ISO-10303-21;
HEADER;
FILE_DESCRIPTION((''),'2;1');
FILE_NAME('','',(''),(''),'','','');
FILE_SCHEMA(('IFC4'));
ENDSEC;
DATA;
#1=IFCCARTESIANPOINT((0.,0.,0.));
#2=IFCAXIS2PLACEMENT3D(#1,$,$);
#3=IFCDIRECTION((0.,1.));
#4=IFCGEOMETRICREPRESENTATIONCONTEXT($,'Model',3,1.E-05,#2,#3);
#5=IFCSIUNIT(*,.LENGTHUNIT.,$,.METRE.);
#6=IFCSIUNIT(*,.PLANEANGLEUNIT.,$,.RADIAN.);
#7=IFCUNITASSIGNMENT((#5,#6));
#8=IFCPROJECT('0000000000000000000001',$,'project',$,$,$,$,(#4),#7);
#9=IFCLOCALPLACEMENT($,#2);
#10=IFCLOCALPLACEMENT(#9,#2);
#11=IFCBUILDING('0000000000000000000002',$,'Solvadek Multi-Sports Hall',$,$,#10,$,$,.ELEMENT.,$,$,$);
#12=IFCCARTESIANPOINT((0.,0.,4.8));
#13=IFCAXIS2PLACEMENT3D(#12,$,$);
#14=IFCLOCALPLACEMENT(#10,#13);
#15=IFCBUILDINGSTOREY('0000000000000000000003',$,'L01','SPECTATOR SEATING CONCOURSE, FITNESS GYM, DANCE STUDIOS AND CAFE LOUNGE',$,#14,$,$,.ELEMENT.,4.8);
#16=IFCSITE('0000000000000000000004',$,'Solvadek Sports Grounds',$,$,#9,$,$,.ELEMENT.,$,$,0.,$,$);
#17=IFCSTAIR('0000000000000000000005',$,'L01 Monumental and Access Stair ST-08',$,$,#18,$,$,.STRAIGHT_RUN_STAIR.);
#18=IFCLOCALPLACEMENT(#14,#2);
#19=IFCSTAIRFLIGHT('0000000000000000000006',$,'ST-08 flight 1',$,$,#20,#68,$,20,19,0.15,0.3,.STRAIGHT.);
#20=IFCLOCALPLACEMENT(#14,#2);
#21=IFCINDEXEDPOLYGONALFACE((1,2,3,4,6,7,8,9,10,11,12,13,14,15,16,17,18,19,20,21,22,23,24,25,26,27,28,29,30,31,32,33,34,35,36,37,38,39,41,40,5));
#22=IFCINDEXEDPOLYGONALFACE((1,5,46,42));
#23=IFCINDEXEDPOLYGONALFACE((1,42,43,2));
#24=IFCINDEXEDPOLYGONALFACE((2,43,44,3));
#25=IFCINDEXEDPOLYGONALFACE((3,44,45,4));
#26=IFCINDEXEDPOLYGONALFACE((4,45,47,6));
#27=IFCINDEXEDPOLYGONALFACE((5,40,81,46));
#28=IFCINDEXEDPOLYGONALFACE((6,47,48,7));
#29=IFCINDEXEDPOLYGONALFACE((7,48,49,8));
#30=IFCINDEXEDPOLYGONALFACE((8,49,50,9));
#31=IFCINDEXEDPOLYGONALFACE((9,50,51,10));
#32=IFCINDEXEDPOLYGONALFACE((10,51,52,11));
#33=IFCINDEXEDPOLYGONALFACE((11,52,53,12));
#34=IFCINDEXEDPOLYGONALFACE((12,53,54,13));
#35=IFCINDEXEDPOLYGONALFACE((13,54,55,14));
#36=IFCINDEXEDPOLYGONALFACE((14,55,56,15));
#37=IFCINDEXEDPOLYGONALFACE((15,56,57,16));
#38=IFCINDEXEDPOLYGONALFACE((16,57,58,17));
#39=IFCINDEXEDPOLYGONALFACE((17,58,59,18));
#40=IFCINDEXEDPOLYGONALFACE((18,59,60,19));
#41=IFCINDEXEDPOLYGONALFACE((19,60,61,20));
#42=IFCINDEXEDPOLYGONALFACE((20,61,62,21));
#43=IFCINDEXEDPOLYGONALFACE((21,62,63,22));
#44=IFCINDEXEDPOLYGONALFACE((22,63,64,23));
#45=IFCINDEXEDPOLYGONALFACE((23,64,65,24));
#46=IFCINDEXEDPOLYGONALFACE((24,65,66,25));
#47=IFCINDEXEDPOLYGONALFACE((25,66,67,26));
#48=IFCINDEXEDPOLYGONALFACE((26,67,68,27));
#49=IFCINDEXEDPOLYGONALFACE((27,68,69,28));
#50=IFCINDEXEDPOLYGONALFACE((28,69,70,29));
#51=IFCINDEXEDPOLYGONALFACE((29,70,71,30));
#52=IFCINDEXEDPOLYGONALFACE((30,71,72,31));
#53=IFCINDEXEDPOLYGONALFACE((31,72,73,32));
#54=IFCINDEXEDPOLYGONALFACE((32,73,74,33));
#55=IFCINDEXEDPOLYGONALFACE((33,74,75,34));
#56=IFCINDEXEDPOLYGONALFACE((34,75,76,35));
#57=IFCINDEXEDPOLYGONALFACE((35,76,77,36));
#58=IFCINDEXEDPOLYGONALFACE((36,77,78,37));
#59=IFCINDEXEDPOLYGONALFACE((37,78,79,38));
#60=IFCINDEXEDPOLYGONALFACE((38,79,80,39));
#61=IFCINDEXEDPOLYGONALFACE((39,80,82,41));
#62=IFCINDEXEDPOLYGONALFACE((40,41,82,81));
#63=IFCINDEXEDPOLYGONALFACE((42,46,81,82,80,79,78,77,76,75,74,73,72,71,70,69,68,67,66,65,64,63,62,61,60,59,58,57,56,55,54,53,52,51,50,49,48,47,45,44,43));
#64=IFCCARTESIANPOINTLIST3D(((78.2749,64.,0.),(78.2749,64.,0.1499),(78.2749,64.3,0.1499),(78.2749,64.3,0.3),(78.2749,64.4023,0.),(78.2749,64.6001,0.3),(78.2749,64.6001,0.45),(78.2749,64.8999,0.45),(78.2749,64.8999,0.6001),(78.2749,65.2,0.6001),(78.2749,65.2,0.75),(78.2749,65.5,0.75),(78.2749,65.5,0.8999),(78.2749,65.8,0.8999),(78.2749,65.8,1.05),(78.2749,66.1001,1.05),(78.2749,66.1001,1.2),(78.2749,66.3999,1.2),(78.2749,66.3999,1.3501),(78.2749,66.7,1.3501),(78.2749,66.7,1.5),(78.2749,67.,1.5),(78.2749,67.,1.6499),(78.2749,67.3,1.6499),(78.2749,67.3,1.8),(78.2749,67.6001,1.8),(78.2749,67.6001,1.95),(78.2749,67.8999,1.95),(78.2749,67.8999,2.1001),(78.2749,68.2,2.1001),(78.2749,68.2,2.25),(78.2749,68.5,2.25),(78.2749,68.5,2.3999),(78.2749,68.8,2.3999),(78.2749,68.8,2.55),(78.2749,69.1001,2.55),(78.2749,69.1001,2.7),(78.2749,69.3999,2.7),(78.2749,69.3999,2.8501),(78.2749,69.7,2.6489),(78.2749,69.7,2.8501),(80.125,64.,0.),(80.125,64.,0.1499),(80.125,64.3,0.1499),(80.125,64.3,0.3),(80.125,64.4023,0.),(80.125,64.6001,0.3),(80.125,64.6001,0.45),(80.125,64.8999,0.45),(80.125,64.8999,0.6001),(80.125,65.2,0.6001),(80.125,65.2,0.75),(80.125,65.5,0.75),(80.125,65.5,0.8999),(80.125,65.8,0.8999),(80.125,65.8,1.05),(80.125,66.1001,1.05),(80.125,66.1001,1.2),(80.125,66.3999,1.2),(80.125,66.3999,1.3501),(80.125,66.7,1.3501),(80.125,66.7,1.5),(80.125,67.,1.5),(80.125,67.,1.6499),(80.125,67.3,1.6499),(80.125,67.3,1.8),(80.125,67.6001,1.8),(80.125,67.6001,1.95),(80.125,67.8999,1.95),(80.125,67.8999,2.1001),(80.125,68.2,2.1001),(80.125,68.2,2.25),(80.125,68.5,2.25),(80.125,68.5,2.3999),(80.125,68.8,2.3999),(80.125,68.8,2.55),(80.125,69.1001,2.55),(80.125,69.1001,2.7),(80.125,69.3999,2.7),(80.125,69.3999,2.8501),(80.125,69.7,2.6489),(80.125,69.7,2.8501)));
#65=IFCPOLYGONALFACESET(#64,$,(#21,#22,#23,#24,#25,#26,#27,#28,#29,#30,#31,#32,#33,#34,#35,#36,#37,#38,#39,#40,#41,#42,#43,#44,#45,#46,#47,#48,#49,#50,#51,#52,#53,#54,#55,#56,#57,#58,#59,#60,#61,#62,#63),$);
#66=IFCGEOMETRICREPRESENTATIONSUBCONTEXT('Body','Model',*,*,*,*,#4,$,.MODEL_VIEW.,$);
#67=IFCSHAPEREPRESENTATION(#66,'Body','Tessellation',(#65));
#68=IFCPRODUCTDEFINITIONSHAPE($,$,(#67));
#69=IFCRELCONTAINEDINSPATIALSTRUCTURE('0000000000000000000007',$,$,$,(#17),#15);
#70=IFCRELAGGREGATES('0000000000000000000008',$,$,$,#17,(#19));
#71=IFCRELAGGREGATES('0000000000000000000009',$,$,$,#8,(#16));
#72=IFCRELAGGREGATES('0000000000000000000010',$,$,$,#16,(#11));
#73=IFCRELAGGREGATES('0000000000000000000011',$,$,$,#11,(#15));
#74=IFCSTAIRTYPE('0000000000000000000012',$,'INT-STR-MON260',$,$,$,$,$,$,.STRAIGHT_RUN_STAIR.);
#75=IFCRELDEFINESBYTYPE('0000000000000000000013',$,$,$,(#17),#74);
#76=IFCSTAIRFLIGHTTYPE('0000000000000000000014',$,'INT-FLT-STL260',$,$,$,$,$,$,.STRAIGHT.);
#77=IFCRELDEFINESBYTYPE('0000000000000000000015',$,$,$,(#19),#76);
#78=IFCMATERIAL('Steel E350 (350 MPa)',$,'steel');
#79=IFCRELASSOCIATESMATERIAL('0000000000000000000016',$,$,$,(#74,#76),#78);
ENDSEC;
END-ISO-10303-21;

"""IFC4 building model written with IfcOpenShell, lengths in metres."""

from ifc_helpers import new_model, si_unit, direction, frame, origin, place, context, subcontext, project, spatial, polyline, outline, extrude, material, type_object, element, aggregate, save


model = new_model("IFC4")

# Units and contexts
model_context = context("Model", 3, precision=1e-05, world=origin(), true_north=direction((0.0, 1.0)))
body_context = subcontext(model_context, "Body", "Model", "MODEL_VIEW")
ifc_project = project(units=[si_unit("LENGTHUNIT", "METRE"), si_unit("PLANEANGLEUNIT", "RADIAN")], contexts=[model_context])

# Site, building, storey
site_placement = place(None, origin())
site = spatial("IfcSite", under=ifc_project, at=site_placement, Name="Solvadek Sports Grounds", CompositionType="ELEMENT", RefElevation=0.0)
building_placement = place(site_placement, origin())
building = spatial("IfcBuilding", under=site, at=building_placement, Name="Solvadek Multi-Sports Hall", CompositionType="ELEMENT")
storey_placement = place(building_placement, frame((0.0, 0.0, 4.8)))
storey = spatial("IfcBuildingStorey", under=building, at=storey_placement, Name="L01", Description="SPECTATOR SEATING CONCOURSE, FITNESS GYM, DANCE STUDIOS AND CAFE LOUNGE", CompositionType="ELEMENT", Elevation=4.8)

# Shared definitions
ifc_material_1 = material(Name="Steel E350 (350 MPa)", Category="steel")

# Stair, stair flight
stair_type = type_object("IfcStairType", Name="INT-STR-MON260", PredefinedType="STRAIGHT_RUN_STAIR", material=ifc_material_1)
stair_placement = place(storey_placement, origin())
stair = element("IfcStair", 1, at=stair_placement, inside=storey, type_object=stair_type, Name="L01 Monumental and Access Stair ST-08", PredefinedType="STRAIGHT_RUN_STAIR")
stair_flight_type = type_object("IfcStairFlightType", Name="INT-FLT-STL260", PredefinedType="STRAIGHT", material=ifc_material_1)
stair_flight_placement = place(storey_placement, frame((79.2, 64.0, 0.0), z_axis=(0.0, 0.0, 1.0), x_axis=(0.0, 1.0, 0.0)))
stair_flight = element("IfcStairFlight", 2, at=stair_flight_placement, type_object=stair_flight_type, Name="ST-08 flight 1", NumberOfRisers=20, NumberOfTreads=19, PredefinedType="STRAIGHT", RiserHeight=0.15, TreadLength=0.3, context=body_context, shape_type="SweptSolid", body=[
    extrude(outline(polyline([(0.0, 0.0), (0.0, 0.1499), (0.3, 0.1499), (0.3, 0.3), (0.6001, 0.3), (0.6001, 0.45), (0.8999, 0.45), (0.8999, 0.6001), (1.2, 0.6001), (1.2, 0.75), (1.5, 0.75), (1.5, 0.8999), (1.8, 0.8999), (1.8, 1.05), (2.1001, 1.05), (2.1001, 1.2), (2.3999, 1.2), (2.3999, 1.3501), (2.7, 1.3501), (2.7, 1.5), (3.0, 1.5), (3.0, 1.6499), (3.3, 1.6499), (3.3, 1.8), (3.6001, 1.8), (3.6001, 1.95), (3.8999, 1.95), (3.8999, 2.1001), (4.2, 2.1001), (4.2, 2.25), (4.5, 2.25), (4.5, 2.3999), (4.8, 2.3999), (4.8, 2.55), (5.1001, 2.55), (5.1001, 2.7), (5.3999, 2.7), (5.3999, 2.8501), (5.7, 2.8501), (5.7, 3.0), (5.7, 2.6489), (0.4023, 0.0), (0.0, 0.0)])), frame((0.0, 0.925, 0.0), z_axis=(0.0, -1.0, 0.0), x_axis=(1.0, 0.0, 0.0)), (0.0, 0.0, 1.0), 1.8501),
])
aggregate(stair, [stair_flight])

save(model, "model.ifc")
